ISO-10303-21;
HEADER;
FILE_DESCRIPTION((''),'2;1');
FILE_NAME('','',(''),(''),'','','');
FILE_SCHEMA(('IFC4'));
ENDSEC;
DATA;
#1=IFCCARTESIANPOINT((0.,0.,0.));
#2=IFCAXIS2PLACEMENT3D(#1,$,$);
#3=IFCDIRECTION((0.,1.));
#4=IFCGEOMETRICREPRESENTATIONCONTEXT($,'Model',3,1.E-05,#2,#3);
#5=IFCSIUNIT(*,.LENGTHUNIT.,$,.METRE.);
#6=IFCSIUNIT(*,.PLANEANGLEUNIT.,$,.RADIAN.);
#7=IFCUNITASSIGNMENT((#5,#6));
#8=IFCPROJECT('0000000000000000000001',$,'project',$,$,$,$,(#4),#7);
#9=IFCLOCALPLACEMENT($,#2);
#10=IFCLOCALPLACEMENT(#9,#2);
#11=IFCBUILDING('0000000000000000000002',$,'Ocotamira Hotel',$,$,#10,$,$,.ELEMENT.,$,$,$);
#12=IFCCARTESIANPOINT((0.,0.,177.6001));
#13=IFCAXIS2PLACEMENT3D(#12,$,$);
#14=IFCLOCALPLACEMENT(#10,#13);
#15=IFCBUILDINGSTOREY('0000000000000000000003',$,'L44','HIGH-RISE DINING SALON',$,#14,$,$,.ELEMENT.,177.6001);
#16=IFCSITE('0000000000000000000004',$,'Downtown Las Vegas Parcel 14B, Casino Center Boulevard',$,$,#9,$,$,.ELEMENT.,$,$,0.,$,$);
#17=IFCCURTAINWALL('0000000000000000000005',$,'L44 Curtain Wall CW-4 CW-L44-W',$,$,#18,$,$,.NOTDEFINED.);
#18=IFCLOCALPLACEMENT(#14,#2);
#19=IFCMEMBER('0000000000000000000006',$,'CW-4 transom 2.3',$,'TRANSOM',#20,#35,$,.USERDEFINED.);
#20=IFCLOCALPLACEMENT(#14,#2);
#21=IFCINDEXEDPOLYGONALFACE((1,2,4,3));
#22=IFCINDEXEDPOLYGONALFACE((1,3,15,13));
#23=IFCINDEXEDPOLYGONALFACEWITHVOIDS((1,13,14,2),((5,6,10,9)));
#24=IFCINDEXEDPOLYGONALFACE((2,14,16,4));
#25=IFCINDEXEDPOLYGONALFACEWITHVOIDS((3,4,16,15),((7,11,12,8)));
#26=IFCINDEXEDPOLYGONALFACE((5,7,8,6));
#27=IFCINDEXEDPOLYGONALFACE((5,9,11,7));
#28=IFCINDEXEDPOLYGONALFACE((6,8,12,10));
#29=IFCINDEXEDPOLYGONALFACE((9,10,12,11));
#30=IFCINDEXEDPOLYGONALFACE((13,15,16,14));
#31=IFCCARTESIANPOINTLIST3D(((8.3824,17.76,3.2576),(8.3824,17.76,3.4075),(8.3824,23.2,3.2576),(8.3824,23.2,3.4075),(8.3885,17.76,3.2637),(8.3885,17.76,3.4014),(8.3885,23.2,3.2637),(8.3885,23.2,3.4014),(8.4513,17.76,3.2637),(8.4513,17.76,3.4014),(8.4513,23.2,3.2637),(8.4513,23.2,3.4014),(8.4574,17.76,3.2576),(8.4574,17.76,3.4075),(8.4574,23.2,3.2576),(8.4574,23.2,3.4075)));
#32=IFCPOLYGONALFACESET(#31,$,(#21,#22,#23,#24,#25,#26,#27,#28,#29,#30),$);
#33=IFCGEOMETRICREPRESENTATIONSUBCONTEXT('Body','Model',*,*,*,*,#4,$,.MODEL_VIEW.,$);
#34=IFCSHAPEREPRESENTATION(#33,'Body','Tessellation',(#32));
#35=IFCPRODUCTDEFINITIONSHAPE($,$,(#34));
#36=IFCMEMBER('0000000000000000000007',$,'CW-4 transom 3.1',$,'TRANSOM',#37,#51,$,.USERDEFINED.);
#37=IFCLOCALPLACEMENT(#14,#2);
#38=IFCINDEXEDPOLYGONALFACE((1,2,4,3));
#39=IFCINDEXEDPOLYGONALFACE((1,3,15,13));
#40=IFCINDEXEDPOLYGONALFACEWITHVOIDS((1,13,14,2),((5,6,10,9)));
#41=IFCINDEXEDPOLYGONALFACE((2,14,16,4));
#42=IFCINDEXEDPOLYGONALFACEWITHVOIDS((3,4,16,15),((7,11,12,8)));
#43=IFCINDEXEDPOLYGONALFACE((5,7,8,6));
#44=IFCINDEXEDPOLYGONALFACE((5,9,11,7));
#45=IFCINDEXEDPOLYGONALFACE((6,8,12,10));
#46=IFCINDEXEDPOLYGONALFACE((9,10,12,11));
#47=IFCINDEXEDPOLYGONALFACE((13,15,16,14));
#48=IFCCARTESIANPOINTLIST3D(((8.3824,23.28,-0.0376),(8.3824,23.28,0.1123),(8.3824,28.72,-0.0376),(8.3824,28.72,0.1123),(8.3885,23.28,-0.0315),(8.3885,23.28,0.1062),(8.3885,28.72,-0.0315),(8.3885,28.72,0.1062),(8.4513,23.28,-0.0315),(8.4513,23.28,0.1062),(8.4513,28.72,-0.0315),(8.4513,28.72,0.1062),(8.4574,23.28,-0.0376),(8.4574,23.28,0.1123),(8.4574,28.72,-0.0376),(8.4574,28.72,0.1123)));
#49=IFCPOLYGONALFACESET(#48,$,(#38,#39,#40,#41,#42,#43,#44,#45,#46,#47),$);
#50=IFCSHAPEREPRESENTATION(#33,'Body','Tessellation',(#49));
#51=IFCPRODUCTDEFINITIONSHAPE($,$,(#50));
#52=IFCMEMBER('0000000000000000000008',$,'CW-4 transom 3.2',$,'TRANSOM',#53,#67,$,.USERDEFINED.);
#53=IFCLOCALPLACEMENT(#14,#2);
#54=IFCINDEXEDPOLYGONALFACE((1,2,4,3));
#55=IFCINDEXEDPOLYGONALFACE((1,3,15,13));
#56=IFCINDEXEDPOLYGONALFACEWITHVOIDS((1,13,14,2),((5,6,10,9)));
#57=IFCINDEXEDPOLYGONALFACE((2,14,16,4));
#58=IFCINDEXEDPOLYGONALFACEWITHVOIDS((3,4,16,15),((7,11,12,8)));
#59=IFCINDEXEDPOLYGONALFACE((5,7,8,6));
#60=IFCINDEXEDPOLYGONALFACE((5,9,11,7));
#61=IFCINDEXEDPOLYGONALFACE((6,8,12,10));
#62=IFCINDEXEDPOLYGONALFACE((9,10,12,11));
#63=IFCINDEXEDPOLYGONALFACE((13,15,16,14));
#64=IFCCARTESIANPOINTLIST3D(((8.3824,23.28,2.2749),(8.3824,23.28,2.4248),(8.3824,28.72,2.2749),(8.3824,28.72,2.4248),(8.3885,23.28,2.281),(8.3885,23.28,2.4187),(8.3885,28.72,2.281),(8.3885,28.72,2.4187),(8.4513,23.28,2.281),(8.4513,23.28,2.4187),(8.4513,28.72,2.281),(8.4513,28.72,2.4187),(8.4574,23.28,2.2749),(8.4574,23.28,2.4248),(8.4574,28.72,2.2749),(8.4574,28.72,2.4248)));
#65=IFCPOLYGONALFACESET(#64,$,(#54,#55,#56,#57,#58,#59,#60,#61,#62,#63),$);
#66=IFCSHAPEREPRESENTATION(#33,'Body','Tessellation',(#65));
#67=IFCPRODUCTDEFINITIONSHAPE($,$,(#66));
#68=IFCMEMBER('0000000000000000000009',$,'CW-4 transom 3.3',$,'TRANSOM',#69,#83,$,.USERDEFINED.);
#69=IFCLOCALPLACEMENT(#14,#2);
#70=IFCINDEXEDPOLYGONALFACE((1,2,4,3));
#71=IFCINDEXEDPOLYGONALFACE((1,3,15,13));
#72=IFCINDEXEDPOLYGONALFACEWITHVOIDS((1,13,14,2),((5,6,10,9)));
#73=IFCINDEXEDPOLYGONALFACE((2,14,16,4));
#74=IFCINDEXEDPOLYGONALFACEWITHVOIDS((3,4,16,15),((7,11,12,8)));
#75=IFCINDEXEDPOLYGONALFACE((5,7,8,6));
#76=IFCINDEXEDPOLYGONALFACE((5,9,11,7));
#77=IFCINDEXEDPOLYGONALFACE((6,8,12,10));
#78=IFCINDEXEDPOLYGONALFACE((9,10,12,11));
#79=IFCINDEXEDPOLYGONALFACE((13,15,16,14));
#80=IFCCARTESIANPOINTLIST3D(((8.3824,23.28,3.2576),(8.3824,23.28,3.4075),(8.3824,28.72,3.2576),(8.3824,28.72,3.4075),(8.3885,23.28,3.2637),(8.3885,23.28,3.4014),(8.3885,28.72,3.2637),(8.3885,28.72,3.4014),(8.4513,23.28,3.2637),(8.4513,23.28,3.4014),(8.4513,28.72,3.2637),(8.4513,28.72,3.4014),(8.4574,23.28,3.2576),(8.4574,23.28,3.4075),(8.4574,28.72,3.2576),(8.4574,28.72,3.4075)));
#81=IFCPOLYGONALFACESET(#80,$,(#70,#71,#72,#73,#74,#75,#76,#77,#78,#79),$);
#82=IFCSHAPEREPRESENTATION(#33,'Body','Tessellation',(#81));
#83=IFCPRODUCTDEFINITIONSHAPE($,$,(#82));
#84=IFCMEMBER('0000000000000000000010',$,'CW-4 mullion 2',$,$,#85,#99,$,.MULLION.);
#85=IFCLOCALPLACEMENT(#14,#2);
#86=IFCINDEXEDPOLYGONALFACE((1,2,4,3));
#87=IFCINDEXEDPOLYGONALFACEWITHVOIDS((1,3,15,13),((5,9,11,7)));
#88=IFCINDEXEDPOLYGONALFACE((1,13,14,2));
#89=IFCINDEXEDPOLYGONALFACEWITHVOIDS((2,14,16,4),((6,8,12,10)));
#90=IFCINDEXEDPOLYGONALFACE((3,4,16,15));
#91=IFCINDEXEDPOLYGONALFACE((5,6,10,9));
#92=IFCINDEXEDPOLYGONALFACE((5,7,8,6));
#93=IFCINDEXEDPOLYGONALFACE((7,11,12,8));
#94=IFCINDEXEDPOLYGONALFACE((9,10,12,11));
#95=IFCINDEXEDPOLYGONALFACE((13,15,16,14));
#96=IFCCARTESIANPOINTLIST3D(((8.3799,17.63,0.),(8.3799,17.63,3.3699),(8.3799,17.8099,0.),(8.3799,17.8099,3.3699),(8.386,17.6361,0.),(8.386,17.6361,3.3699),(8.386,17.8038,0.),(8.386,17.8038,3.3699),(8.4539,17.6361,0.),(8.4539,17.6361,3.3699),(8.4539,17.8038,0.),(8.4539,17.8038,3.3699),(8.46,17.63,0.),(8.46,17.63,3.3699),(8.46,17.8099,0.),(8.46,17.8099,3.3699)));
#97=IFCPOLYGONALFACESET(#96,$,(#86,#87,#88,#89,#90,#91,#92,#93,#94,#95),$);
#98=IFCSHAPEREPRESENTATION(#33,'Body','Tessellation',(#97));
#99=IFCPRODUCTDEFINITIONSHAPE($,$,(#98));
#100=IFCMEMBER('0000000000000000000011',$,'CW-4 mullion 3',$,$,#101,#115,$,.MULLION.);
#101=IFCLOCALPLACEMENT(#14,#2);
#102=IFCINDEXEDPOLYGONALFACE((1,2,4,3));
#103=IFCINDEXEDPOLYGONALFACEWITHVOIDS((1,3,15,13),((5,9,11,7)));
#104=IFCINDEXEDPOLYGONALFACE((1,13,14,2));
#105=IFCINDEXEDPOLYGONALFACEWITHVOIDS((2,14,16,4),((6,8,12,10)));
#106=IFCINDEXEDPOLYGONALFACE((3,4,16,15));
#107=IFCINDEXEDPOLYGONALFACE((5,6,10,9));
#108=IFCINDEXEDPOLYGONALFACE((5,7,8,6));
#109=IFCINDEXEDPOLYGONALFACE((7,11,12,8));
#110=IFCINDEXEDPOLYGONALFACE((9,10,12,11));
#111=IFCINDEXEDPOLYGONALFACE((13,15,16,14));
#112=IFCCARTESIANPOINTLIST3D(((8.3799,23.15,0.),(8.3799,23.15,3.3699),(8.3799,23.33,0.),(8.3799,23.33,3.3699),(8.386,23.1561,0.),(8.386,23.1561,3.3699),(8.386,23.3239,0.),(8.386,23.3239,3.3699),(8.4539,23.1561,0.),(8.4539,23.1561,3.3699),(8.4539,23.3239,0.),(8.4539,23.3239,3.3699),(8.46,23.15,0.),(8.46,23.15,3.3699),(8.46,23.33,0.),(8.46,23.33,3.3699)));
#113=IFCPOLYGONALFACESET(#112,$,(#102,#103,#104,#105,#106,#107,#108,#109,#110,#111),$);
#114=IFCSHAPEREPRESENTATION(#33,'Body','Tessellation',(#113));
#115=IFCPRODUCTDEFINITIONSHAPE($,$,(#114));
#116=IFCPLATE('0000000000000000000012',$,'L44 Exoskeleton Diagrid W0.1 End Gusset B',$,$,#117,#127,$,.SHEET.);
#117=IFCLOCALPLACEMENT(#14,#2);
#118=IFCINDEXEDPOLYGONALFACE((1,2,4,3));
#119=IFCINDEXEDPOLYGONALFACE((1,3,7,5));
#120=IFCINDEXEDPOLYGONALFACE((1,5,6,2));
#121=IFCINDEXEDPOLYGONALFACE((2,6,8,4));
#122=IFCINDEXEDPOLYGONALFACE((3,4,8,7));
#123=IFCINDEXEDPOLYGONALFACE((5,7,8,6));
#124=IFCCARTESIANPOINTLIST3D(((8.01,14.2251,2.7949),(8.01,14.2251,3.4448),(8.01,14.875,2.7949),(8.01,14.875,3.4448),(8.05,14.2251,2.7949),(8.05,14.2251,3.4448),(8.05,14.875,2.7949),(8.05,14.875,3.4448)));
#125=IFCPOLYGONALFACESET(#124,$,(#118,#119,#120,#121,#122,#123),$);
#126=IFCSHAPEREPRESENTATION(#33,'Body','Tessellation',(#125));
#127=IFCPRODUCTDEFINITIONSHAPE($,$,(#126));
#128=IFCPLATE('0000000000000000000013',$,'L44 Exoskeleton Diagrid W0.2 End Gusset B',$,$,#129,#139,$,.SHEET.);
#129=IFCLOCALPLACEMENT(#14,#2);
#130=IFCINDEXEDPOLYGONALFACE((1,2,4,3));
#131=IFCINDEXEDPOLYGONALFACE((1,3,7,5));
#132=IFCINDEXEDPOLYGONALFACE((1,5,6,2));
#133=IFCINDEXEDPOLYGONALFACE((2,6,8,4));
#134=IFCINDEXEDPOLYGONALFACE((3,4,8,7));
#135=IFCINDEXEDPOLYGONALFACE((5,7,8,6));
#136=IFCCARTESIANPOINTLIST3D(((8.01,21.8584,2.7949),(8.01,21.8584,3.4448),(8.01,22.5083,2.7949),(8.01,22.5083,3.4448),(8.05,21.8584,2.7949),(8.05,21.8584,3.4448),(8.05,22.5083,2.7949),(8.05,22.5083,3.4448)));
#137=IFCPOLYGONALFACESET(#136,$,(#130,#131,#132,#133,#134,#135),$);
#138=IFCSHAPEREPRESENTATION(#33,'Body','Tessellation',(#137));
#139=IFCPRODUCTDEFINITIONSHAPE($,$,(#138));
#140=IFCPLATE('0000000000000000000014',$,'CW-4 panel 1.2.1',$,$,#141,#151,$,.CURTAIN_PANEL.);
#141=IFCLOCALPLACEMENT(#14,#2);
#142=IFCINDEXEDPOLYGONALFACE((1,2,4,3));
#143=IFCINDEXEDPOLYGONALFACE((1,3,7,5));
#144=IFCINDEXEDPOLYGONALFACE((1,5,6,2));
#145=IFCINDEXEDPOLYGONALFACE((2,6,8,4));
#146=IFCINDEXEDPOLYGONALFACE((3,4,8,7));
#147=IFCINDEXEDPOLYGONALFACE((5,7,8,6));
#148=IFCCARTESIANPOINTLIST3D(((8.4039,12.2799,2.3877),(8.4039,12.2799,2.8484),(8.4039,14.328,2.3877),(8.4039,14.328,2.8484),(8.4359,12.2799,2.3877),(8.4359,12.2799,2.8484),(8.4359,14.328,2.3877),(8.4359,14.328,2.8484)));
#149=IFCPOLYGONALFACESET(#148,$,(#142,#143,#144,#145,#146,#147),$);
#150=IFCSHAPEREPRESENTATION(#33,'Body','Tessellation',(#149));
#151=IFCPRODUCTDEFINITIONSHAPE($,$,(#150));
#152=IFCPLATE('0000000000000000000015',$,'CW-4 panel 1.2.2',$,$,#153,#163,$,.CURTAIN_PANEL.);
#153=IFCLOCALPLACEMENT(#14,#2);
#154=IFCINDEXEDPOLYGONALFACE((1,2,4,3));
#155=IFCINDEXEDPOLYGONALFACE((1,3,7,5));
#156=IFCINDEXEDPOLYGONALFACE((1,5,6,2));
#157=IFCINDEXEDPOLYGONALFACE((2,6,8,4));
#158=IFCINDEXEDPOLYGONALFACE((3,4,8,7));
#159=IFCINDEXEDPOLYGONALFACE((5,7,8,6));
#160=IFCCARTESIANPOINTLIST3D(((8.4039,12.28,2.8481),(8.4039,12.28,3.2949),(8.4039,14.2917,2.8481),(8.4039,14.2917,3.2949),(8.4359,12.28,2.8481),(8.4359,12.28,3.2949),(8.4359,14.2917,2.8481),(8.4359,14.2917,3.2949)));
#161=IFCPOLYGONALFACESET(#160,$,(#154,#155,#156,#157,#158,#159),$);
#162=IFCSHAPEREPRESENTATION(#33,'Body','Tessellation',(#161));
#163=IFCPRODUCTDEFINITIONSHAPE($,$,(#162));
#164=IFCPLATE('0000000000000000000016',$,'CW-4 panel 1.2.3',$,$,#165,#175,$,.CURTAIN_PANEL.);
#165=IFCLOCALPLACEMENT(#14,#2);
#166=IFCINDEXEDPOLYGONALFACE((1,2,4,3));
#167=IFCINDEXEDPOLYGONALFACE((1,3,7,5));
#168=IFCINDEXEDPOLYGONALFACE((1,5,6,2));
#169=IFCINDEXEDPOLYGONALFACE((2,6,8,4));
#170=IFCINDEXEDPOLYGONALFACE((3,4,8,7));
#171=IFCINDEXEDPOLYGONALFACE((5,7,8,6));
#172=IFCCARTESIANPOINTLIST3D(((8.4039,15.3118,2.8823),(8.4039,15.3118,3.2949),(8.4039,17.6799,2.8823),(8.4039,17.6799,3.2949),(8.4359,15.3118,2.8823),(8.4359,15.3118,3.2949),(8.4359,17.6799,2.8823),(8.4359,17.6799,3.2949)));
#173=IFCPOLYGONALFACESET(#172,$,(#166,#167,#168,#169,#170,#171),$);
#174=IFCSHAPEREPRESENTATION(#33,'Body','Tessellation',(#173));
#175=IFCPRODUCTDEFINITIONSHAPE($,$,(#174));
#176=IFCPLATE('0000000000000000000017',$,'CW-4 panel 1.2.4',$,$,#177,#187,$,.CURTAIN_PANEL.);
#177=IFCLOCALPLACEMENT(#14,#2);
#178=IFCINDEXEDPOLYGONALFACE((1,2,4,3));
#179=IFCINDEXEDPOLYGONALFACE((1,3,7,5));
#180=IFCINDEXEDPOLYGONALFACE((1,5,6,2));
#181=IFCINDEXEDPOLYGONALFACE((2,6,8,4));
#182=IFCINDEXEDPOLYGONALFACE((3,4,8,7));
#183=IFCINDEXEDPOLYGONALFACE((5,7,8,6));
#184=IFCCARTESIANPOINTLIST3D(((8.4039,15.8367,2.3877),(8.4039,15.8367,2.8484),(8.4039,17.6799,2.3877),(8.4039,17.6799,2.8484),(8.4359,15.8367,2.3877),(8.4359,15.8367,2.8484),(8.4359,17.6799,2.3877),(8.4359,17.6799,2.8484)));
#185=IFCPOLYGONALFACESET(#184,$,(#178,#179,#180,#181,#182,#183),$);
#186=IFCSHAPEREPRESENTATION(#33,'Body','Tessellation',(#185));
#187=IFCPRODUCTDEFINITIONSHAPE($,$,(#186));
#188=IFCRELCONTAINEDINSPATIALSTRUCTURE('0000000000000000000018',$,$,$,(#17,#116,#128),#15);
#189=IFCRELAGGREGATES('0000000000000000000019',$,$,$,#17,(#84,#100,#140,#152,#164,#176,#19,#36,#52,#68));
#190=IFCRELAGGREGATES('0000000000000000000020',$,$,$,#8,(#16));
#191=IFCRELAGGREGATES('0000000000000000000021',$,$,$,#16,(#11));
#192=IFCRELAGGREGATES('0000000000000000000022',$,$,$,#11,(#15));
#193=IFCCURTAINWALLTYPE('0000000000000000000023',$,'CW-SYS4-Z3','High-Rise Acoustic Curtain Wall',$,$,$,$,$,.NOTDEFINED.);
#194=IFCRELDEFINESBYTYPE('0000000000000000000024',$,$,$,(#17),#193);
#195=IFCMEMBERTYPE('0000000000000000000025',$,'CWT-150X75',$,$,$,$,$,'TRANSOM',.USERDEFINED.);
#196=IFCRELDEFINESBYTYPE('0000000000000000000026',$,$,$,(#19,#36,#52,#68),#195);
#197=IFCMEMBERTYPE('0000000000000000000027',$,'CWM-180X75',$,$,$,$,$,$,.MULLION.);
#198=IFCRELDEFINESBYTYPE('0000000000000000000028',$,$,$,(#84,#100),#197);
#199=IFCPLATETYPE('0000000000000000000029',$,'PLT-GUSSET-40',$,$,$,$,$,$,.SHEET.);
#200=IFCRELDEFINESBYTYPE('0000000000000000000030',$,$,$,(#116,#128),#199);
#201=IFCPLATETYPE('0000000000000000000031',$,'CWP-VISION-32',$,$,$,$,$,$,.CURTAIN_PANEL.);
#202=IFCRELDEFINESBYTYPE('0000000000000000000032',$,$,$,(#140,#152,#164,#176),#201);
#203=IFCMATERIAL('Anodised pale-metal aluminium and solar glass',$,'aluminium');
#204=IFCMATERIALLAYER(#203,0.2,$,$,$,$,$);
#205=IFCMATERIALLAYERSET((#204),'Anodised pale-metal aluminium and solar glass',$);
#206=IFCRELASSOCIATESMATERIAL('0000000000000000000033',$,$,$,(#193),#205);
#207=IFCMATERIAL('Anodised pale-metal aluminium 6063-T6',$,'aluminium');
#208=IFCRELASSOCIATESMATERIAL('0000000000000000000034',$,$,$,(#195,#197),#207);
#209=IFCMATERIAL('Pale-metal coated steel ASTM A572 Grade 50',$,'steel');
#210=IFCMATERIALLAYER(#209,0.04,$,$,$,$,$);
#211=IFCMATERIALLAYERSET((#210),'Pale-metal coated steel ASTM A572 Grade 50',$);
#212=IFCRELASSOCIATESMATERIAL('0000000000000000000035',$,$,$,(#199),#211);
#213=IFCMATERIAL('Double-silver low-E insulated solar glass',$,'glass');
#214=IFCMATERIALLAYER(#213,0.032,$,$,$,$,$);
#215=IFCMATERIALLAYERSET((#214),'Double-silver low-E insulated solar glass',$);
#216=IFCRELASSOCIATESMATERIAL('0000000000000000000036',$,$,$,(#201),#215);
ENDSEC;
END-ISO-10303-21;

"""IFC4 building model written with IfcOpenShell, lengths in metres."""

from ifc_helpers import new_model, si_unit, direction, frame, origin, origin_2d, place, context, subcontext, project, spatial, rectangle, hollow_rectangle, extrude, source, transform, mapped, material, layer, layer_set, material_profile, profile_set, type_object, element, aggregate, save


model = new_model("IFC4")

# Units and contexts
model_context = context("Model", 3, precision=1e-05, world=origin(), true_north=direction((0.0, 1.0)))
body_context = subcontext(model_context, "Body", "Model", "MODEL_VIEW")
ifc_project = project(units=[si_unit("LENGTHUNIT", "METRE"), si_unit("PLANEANGLEUNIT", "RADIAN")], contexts=[model_context])

# Site, building, storey
site_placement = place(None, origin())
site = spatial("IfcSite", under=ifc_project, at=site_placement, Name="Downtown Las Vegas Parcel 14B, Casino Center Boulevard", CompositionType="ELEMENT", RefElevation=0.0)
building_placement = place(site_placement, origin())
building = spatial("IfcBuilding", under=site, at=building_placement, Name="Ocotamira Hotel", CompositionType="ELEMENT")
storey_placement = place(building_placement, frame((0.0, 0.0, 177.6001)))
storey = spatial("IfcBuildingStorey", under=building, at=storey_placement, Name="L44", Description="HIGH-RISE DINING SALON", CompositionType="ELEMENT", Elevation=177.6001)

# Curtain wall, members
ifc_material_1 = material(Name="Anodised pale-metal aluminium and solar glass", Category="aluminium")
ifc_layer_1 = layer(ifc_material_1, 0.2)
ifc_layer_set_1 = layer_set([ifc_layer_1], Name="Anodised pale-metal aluminium and solar glass")
curtain_wall_type = type_object("IfcCurtainWallType", Name="CW-SYS4-Z3", Description="High-Rise Acoustic Curtain Wall", PredefinedType="NOTDEFINED", material=ifc_layer_set_1)
curtain_wall_placement = place(storey_placement, origin())
curtain_wall = element("IfcCurtainWall", 1, at=curtain_wall_placement, inside=storey, type_object=curtain_wall_type, Name="L44 Curtain Wall CW-4 CW-L44-W", PredefinedType="NOTDEFINED")
ifc_material_2 = material(Name="Anodised pale-metal aluminium 6063-T6", Category="aluminium")
ifc_material_profile_1 = material_profile(ifc_material_2, hollow_rectangle(XDim=0.075, YDim=0.1499, WallThickness=0.0061, at=origin_2d()), Name="HSS150X75X6")
ifc_profile_set_1 = profile_set([ifc_material_profile_1], Name="Anodised pale-metal aluminium 6063-T6")
member_type_1 = type_object("IfcMemberType", Name="CWT-150X75", ElementType="TRANSOM", PredefinedType="USERDEFINED", material=ifc_profile_set_1)
shared_shape_1 = source(origin(), body_context, "Body", "SweptSolid", [
    extrude(hollow_rectangle(XDim=0.075, YDim=0.1499, WallThickness=0.0061, at=origin_2d()), origin(), (0.0, 0.0, 1.0), 5.4399),
])
member_1_placement = place(storey_placement, frame((8.4199, 17.76, 3.3325), z_axis=(0.0, 1.0, 0.0), x_axis=(-1.0, 0.0, 0.0)))
member_1 = element("IfcMember", 2, at=member_1_placement, type_object=member_type_1, Name="CW-4 transom 2.3", ObjectType="TRANSOM", PredefinedType="USERDEFINED", context=body_context, shape_type="MappedRepresentation", body=[
    mapped(shared_shape_1, transform((0.0, 0.0, 0.0), scale=1.0)),
])
member_2_placement = place(storey_placement, frame((8.4199, 23.28, 0.0374), z_axis=(0.0, 1.0, 0.0), x_axis=(-1.0, 0.0, 0.0)))
member_2 = element("IfcMember", 3, at=member_2_placement, type_object=member_type_1, Name="CW-4 transom 3.1", ObjectType="TRANSOM", PredefinedType="USERDEFINED", context=body_context, shape_type="MappedRepresentation", body=[
    mapped(shared_shape_1, transform((0.0, 0.0, 0.0), scale=1.0)),
])
member_3_placement = place(storey_placement, frame((8.4199, 23.28, 2.3499), z_axis=(0.0, 1.0, 0.0), x_axis=(-1.0, 0.0, 0.0)))
member_3 = element("IfcMember", 4, at=member_3_placement, type_object=member_type_1, Name="CW-4 transom 3.2", ObjectType="TRANSOM", PredefinedType="USERDEFINED", context=body_context, shape_type="MappedRepresentation", body=[
    mapped(shared_shape_1, transform((0.0, 0.0, 0.0), scale=1.0)),
])
member_4_placement = place(storey_placement, frame((8.4199, 23.28, 3.3325), z_axis=(0.0, 1.0, 0.0), x_axis=(-1.0, 0.0, 0.0)))
member_4 = element("IfcMember", 5, at=member_4_placement, type_object=member_type_1, Name="CW-4 transom 3.3", ObjectType="TRANSOM", PredefinedType="USERDEFINED", context=body_context, shape_type="MappedRepresentation", body=[
    mapped(shared_shape_1, transform((0.0, 0.0, 0.0), scale=1.0)),
])
ifc_material_profile_2 = material_profile(ifc_material_2, hollow_rectangle(XDim=0.0801, YDim=0.1799, WallThickness=0.0061, at=origin_2d()), Name="HSS180X80X6")
ifc_profile_set_2 = profile_set([ifc_material_profile_2], Name="Anodised pale-metal aluminium 6063-T6")
member_type_2 = type_object("IfcMemberType", Name="CWM-180X75", PredefinedType="MULLION", material=ifc_profile_set_2)
shared_shape_2 = source(origin(), body_context, "Body", "SweptSolid", [
    extrude(hollow_rectangle(XDim=0.0801, YDim=0.1799, WallThickness=0.0061, at=origin_2d()), origin(), (0.0, 0.0, 1.0), 3.3699),
])
member_5_placement = place(storey_placement, frame((8.4199, 17.72, 0.0), z_axis=(0.0, 0.0, 1.0), x_axis=(-1.0, 0.0, 0.0)))
member_5 = element("IfcMember", 6, at=member_5_placement, type_object=member_type_2, Name="CW-4 mullion 2", PredefinedType="MULLION", context=body_context, shape_type="MappedRepresentation", body=[
    mapped(shared_shape_2, transform((0.0, 0.0, 0.0), scale=1.0)),
])
member_6_placement = place(storey_placement, frame((8.4199, 23.24, 0.0), z_axis=(0.0, 0.0, 1.0), x_axis=(-1.0, 0.0, 0.0)))
member_6 = element("IfcMember", 7, at=member_6_placement, type_object=member_type_2, Name="CW-4 mullion 3", PredefinedType="MULLION", context=body_context, shape_type="MappedRepresentation", body=[
    mapped(shared_shape_2, transform((0.0, 0.0, 0.0), scale=1.0)),
])

# Plates
ifc_material_3 = material(Name="Pale-metal coated steel ASTM A572 Grade 50", Category="steel")
ifc_layer_2 = layer(ifc_material_3, 0.04)
ifc_layer_set_2 = layer_set([ifc_layer_2], Name="Pale-metal coated steel ASTM A572 Grade 50")
plate_type_1 = type_object("IfcPlateType", Name="PLT-GUSSET-40", PredefinedType="SHEET", material=ifc_layer_set_2)
shared_shape_3 = source(origin(), body_context, "Body", "SweptSolid", [
    extrude(rectangle(XDim=0.04, YDim=0.6499, at=origin_2d()), origin(), (0.0, 0.0, 1.0), 0.6499),
])
for number, where, z_axis, x_axis, name in (
    (8, (8.03, 14.55, 2.7949), (0.0, 0.0, 1.0), (1.0, 0.0, 0.0), "L44 Exoskeleton Diagrid W0.1 End Gusset B"),
    (9, (8.03, 22.1833, 2.7949), (0.0, 0.0, 1.0), (1.0, 0.0, 0.0), "L44 Exoskeleton Diagrid W0.2 End Gusset B"),
):
    element("IfcPlate", number, at=place(storey_placement, frame(where, z_axis=z_axis, x_axis=x_axis)), inside=storey, type_object=plate_type_1, Name=name, PredefinedType="SHEET", context=body_context, shape_type="MappedRepresentation", body=[
        mapped(shared_shape_3, transform((0.0, 0.0, 0.0), scale=1.0)),
    ])

# Plates
ifc_material_4 = material(Name="Double-silver low-E insulated solar glass", Category="glass")
ifc_layer_3 = layer(ifc_material_4, 0.032)
ifc_layer_set_3 = layer_set([ifc_layer_3], Name="Double-silver low-E insulated solar glass")
plate_type_2 = type_object("IfcPlateType", Name="CWP-VISION-32", PredefinedType="CURTAIN_PANEL", material=ifc_layer_set_3)
shared_shape_4 = source(origin(), body_context, "Body", "SweptSolid", [
    extrude(rectangle(XDim=2.0481, YDim=0.032, at=origin_2d()), origin(), (0.0, 0.0, 1.0), 0.4607),
])
plate_1_placement = place(storey_placement, frame((8.4199, 13.304, 2.3877), z_axis=(0.0, 0.0, 1.0), x_axis=(0.0, 1.0, 0.0)))
plate_1 = element("IfcPlate", 10, at=plate_1_placement, type_object=plate_type_2, Name="CW-4 panel 1.2.1", PredefinedType="CURTAIN_PANEL", context=body_context, shape_type="MappedRepresentation", body=[
    mapped(shared_shape_4, transform((0.0, 0.0, 0.0), scale=1.0)),
])
shared_shape_5 = source(origin(), body_context, "Body", "SweptSolid", [
    extrude(rectangle(XDim=2.0117, YDim=0.032, at=origin_2d()), origin(), (0.0, 0.0, 1.0), 0.4468),
])
plate_2_placement = place(storey_placement, frame((8.4199, 13.2859, 2.8481), z_axis=(0.0, 0.0, 1.0), x_axis=(0.0, 1.0, 0.0)))
plate_2 = element("IfcPlate", 11, at=plate_2_placement, type_object=plate_type_2, Name="CW-4 panel 1.2.2", PredefinedType="CURTAIN_PANEL", context=body_context, shape_type="MappedRepresentation", body=[
    mapped(shared_shape_5, transform((0.0, 0.0, 0.0), scale=1.0)),
])
shared_shape_6 = source(origin(), body_context, "Body", "SweptSolid", [
    extrude(rectangle(XDim=2.3682, YDim=0.032, at=origin_2d()), origin(), (0.0, 0.0, 1.0), 0.4126),
])
plate_3_placement = place(storey_placement, frame((8.4199, 16.4958, 2.8823), z_axis=(0.0, 0.0, 1.0), x_axis=(0.0, 1.0, 0.0)))
plate_3 = element("IfcPlate", 12, at=plate_3_placement, type_object=plate_type_2, Name="CW-4 panel 1.2.3", PredefinedType="CURTAIN_PANEL", context=body_context, shape_type="MappedRepresentation", body=[
    mapped(shared_shape_6, transform((0.0, 0.0, 0.0), scale=1.0)),
])
shared_shape_7 = source(origin(), body_context, "Body", "SweptSolid", [
    extrude(rectangle(XDim=1.8433, YDim=0.032, at=origin_2d()), origin(), (0.0, 0.0, 1.0), 0.4607),
])
plate_4_placement = place(storey_placement, frame((8.4199, 16.7583, 2.3877), z_axis=(0.0, 0.0, 1.0), x_axis=(0.0, 1.0, 0.0)))
plate_4 = element("IfcPlate", 13, at=plate_4_placement, type_object=plate_type_2, Name="CW-4 panel 1.2.4", PredefinedType="CURTAIN_PANEL", context=body_context, shape_type="MappedRepresentation", body=[
    mapped(shared_shape_7, transform((0.0, 0.0, 0.0), scale=1.0)),
])
aggregate(curtain_wall, [member_5, member_6, plate_1, plate_2, plate_3, plate_4, member_1, member_2, member_3, member_4])

save(model, "model.ifc")
